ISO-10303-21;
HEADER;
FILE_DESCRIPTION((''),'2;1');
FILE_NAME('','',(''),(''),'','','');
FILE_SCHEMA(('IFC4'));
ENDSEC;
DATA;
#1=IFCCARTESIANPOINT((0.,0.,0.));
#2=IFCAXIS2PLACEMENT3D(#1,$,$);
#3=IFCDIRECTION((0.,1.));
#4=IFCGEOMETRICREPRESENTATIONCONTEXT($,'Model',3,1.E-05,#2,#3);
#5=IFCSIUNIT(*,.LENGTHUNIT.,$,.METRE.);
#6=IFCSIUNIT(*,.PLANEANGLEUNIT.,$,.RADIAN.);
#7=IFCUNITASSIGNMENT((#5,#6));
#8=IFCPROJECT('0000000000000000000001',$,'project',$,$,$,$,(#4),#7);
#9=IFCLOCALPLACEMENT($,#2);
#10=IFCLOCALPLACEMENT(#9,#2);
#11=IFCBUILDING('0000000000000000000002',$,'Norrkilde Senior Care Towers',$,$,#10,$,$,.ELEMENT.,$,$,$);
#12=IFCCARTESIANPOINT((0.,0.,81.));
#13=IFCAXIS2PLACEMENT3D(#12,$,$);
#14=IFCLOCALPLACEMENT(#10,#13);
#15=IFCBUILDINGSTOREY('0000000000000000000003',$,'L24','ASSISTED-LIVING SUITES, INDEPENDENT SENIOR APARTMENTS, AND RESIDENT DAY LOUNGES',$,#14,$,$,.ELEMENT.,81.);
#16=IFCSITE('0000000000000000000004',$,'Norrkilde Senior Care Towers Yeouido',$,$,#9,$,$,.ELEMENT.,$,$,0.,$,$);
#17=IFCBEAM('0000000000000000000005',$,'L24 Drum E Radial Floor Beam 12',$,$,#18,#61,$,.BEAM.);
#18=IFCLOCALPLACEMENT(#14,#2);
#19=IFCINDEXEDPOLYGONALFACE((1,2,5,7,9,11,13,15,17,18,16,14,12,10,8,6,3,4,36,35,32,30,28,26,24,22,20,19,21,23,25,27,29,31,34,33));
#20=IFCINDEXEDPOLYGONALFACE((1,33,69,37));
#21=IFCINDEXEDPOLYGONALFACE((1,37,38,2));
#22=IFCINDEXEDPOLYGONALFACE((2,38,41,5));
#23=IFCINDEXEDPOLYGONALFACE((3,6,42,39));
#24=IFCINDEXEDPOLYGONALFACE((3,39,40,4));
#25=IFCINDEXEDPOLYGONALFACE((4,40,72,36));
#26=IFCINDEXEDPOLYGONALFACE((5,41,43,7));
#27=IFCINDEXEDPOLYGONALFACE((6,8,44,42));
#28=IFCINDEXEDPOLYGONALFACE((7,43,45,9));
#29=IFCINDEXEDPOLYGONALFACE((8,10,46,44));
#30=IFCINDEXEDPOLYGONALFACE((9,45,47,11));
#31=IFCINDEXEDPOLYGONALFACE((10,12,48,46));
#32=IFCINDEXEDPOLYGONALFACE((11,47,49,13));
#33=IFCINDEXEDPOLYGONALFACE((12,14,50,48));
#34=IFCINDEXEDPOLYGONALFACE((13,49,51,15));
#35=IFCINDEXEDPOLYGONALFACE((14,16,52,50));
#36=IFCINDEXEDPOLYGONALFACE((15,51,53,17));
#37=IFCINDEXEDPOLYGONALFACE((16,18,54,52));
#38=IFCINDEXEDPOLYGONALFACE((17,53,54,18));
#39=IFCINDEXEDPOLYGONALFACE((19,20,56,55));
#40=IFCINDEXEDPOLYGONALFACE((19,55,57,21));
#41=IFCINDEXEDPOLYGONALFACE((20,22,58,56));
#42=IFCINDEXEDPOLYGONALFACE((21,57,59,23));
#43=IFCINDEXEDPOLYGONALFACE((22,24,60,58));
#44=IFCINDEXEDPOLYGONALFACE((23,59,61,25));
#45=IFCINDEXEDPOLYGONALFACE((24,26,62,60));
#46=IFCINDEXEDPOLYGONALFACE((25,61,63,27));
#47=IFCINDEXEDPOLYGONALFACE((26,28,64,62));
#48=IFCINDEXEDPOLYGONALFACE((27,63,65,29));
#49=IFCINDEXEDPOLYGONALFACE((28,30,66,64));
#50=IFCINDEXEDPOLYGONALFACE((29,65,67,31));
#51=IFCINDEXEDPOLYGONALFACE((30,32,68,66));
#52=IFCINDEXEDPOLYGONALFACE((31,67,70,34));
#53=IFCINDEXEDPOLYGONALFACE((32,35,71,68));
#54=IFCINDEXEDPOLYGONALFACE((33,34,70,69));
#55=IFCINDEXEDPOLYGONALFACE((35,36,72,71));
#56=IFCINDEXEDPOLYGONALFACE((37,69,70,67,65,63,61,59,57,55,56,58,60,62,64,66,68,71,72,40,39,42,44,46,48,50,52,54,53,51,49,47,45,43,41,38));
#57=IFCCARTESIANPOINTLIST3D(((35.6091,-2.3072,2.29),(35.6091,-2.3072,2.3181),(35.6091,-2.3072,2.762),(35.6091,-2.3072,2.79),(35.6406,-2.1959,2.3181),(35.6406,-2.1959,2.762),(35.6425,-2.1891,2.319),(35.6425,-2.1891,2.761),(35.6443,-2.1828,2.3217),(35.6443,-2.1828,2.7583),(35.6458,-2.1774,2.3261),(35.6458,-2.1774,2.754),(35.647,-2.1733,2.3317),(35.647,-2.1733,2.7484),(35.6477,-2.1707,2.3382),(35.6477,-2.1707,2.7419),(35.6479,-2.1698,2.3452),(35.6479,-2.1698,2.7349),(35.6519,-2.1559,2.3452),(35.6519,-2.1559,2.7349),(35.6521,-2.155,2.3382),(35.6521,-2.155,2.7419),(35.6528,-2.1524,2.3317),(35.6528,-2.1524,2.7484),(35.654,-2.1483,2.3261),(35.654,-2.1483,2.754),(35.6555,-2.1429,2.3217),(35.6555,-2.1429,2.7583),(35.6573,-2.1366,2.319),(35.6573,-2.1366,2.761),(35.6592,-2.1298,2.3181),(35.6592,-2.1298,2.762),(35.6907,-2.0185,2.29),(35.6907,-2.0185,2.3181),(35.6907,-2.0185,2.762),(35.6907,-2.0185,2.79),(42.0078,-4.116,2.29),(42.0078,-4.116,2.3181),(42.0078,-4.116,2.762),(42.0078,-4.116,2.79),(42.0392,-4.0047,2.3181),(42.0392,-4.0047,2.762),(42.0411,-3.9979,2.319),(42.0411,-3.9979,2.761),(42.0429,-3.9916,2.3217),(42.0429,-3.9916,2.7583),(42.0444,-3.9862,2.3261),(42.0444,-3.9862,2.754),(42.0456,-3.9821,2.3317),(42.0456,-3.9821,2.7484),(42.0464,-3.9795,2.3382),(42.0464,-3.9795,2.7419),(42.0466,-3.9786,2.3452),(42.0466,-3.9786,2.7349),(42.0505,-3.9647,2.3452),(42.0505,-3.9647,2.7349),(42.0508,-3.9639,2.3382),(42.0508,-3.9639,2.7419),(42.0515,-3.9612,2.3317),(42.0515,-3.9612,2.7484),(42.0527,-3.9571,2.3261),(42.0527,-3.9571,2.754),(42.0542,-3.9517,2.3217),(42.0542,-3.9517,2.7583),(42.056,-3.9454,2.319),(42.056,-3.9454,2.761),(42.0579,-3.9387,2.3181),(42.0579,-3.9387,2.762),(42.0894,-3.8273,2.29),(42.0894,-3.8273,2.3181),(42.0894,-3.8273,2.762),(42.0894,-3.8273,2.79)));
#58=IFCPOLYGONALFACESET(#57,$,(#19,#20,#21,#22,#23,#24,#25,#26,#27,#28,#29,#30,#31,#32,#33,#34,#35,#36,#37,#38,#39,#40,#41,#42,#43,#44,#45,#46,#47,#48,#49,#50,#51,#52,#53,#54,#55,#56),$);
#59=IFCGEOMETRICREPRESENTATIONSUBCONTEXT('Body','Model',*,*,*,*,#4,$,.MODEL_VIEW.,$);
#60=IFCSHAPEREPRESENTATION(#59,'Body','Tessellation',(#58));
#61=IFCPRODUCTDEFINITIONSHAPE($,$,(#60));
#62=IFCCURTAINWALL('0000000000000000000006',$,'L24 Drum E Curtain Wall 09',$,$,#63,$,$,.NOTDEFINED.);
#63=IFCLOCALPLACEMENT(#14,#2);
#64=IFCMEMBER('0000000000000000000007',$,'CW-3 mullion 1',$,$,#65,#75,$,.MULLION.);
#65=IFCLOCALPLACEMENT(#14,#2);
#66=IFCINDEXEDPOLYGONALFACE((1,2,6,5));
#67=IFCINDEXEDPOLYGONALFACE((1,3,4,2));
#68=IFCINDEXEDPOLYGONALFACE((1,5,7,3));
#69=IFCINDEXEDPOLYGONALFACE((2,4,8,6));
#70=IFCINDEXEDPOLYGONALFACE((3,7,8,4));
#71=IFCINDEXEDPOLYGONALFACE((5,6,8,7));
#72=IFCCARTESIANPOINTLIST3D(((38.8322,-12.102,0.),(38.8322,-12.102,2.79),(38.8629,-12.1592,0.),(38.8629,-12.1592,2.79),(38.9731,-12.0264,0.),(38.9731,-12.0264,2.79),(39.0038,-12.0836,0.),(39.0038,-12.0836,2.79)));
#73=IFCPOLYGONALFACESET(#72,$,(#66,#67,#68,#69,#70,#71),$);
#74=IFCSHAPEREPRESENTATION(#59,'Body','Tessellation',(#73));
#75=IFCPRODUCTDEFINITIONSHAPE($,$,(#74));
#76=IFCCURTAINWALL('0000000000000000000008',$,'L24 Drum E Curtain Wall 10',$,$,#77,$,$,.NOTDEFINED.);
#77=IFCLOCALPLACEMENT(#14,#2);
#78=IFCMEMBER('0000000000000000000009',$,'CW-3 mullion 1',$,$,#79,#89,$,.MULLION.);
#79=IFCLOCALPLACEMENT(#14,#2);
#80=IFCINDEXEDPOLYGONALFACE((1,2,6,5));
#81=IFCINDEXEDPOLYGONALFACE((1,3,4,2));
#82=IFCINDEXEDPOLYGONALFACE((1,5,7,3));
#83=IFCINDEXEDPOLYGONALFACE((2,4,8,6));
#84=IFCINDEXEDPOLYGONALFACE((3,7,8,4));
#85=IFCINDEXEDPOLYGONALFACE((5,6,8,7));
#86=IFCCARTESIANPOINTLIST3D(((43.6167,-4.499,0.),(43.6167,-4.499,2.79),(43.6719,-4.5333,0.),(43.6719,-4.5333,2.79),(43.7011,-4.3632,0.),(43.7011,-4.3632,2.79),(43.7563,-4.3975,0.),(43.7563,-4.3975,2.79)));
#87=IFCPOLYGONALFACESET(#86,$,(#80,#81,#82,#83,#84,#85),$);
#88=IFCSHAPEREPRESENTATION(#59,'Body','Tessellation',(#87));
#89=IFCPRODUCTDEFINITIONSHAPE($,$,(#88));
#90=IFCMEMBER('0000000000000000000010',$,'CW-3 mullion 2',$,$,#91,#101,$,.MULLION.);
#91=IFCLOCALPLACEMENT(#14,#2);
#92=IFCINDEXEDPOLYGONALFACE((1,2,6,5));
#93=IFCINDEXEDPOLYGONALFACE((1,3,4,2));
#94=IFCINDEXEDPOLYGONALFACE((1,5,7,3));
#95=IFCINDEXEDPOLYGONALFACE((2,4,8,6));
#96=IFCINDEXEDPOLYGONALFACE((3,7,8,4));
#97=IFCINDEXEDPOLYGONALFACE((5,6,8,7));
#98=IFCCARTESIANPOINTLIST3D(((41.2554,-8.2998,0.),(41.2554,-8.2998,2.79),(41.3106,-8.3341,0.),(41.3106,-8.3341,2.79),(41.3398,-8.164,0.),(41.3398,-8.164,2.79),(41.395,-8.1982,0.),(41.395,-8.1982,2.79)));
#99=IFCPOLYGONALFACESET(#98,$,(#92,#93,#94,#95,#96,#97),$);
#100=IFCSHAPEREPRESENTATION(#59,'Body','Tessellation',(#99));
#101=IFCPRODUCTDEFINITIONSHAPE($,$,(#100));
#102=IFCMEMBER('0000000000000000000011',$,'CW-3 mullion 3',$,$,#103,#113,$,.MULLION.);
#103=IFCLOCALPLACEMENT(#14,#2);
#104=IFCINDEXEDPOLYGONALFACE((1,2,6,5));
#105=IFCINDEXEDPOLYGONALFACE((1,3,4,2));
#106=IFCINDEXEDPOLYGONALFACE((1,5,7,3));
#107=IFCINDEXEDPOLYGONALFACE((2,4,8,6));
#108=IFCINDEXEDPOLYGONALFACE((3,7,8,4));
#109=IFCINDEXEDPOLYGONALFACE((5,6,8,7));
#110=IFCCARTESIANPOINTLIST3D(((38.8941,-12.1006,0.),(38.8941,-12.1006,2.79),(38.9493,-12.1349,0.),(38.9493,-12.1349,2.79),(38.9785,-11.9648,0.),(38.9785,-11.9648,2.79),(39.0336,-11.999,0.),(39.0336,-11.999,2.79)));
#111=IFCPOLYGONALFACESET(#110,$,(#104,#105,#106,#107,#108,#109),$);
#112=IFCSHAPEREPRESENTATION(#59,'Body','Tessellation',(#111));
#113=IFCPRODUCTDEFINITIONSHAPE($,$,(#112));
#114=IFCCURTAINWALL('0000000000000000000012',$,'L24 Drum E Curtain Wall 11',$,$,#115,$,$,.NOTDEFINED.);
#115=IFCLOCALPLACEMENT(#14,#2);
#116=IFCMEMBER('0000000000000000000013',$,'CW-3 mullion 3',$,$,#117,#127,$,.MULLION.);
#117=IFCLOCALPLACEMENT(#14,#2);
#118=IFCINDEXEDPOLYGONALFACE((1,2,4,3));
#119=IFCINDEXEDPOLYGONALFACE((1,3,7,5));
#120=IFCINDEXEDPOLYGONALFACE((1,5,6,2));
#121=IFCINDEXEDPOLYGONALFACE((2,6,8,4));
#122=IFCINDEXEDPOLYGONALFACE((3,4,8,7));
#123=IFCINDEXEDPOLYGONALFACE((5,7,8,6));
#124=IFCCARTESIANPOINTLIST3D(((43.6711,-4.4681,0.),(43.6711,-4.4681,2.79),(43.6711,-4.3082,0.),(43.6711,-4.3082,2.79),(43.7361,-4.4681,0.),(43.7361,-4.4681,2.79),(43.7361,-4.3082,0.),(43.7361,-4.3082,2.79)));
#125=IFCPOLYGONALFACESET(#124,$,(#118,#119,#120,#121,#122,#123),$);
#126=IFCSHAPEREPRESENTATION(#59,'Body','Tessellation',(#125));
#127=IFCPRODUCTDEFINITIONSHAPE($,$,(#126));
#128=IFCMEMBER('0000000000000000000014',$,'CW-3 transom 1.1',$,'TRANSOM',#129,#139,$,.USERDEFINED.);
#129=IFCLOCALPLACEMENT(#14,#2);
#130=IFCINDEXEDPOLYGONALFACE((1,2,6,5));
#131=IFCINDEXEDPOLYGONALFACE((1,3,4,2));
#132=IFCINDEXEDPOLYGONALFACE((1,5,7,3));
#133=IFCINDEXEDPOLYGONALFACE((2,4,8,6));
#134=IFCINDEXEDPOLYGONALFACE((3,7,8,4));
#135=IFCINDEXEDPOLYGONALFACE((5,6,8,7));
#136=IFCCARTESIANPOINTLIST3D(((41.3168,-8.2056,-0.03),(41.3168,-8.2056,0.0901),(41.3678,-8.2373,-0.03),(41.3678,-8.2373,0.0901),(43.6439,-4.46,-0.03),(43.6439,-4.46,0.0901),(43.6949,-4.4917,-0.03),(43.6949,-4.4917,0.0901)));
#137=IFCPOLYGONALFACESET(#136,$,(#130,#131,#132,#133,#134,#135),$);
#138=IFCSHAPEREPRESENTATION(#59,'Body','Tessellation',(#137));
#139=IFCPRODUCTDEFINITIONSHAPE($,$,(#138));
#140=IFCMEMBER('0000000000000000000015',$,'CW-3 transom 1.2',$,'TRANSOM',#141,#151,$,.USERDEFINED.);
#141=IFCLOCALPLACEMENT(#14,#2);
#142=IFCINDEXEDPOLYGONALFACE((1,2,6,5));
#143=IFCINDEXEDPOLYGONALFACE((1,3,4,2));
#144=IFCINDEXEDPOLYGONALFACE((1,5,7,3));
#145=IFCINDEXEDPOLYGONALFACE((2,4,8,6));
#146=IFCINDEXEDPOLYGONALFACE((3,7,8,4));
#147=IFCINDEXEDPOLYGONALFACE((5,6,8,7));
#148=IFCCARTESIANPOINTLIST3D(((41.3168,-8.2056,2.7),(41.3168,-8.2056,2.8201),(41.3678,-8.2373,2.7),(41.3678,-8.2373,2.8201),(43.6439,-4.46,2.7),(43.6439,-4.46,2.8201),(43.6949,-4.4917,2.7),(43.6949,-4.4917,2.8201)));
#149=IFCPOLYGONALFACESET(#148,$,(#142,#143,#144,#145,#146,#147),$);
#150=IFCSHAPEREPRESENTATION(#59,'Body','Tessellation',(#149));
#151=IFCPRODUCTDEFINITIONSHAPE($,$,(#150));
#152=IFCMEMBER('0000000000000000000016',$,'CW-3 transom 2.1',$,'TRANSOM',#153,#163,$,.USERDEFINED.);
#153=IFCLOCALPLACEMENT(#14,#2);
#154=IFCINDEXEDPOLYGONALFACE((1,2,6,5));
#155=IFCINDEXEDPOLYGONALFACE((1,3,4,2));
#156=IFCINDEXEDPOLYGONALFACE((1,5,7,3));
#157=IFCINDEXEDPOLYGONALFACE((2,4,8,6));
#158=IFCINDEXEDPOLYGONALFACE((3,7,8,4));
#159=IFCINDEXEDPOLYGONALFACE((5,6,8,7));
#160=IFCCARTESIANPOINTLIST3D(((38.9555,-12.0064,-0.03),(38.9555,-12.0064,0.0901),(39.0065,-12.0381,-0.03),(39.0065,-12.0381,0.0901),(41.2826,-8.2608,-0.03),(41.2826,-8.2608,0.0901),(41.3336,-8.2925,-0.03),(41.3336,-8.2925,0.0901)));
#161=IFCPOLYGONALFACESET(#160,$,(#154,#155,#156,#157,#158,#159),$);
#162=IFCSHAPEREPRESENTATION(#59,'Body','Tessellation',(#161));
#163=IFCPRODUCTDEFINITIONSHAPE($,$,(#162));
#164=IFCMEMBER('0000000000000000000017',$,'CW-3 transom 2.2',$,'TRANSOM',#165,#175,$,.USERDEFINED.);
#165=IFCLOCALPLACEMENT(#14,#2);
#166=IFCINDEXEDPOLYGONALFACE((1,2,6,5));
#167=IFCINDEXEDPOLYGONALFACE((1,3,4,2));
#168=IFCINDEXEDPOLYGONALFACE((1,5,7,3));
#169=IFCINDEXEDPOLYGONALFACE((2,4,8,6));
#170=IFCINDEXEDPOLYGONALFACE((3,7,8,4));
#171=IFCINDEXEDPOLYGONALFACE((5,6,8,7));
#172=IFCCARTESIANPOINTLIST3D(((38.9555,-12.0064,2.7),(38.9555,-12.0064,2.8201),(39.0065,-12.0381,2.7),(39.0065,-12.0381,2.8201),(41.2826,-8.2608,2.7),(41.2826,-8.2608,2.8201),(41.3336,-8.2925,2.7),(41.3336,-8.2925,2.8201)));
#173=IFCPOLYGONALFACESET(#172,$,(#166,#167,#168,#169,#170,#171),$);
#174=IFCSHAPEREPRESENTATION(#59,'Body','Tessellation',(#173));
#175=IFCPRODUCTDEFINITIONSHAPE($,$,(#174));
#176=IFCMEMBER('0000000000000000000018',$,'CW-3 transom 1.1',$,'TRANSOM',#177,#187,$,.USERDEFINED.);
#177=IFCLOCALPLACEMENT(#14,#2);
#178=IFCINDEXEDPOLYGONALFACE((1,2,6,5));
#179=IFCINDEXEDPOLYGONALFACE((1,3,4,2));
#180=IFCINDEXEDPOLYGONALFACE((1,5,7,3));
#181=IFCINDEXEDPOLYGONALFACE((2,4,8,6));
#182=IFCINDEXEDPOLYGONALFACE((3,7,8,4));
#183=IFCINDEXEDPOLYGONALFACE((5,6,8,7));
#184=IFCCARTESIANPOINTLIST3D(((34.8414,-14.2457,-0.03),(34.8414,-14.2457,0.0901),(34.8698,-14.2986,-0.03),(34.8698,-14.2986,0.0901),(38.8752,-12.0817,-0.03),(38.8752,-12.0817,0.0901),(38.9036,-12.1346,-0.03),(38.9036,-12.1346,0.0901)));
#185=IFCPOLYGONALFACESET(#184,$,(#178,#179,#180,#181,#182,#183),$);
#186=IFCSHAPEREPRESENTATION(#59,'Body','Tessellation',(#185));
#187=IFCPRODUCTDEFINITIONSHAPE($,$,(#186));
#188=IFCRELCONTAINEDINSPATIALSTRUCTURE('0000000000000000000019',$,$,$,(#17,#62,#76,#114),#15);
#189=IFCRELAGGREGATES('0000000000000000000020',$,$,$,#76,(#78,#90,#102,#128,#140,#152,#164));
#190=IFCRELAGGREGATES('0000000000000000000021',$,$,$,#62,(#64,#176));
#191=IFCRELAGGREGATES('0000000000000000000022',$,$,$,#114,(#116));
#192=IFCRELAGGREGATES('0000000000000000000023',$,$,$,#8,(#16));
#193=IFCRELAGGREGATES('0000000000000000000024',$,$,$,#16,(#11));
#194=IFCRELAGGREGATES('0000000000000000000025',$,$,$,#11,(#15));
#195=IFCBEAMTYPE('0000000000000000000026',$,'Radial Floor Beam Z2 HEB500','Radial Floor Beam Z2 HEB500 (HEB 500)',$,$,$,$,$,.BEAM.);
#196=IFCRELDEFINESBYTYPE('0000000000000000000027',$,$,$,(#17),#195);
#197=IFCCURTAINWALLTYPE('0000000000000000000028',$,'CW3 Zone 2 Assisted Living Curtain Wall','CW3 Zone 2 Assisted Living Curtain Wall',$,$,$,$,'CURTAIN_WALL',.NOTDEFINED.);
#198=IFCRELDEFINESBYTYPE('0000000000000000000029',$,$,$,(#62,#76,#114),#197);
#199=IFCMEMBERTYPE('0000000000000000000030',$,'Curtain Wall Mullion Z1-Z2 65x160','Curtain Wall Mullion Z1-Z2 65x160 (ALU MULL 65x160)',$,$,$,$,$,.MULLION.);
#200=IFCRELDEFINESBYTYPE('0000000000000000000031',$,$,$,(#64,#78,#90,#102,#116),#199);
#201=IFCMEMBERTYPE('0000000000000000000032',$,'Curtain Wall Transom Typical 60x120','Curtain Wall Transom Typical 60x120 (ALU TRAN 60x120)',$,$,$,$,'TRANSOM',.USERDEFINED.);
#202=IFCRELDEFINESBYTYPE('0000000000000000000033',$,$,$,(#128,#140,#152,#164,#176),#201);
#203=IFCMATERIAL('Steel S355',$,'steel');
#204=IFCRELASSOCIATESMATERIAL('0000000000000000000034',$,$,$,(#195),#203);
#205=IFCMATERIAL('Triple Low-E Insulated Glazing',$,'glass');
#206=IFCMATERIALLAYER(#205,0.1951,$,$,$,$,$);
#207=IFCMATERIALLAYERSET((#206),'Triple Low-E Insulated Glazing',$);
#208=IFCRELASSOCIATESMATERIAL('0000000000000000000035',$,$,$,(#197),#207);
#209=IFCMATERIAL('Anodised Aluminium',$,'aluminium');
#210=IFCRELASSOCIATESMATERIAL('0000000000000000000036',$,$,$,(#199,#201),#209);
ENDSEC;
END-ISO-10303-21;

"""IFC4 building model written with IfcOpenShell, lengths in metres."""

from ifc_helpers import new_model, si_unit, direction, frame, origin, origin_2d, place, context, subcontext, project, spatial, rectangle, i_section, extrude, source, transform, mapped, material, layer, layer_set, material_profile, profile_set, type_object, type_shapes, element, aggregate, save


model = new_model("IFC4")

# Units and contexts
model_context = context("Model", 3, precision=1e-05, world=origin(), true_north=direction((0.0, 1.0)))
body_context = subcontext(model_context, "Body", "Model", "MODEL_VIEW")
ifc_project = project(units=[si_unit("LENGTHUNIT", "METRE"), si_unit("PLANEANGLEUNIT", "RADIAN")], contexts=[model_context])

# Site, building, storey
site_placement = place(None, origin())
site = spatial("IfcSite", under=ifc_project, at=site_placement, Name="Norrkilde Senior Care Towers Yeouido", CompositionType="ELEMENT", RefElevation=0.0)
building_placement = place(site_placement, origin())
building = spatial("IfcBuilding", under=site, at=building_placement, Name="Norrkilde Senior Care Towers", CompositionType="ELEMENT")
storey_placement = place(building_placement, frame((0.0, 0.0, 81.0)))
storey = spatial("IfcBuildingStorey", under=building, at=storey_placement, Name="L24", Description="ASSISTED-LIVING SUITES, INDEPENDENT SENIOR APARTMENTS, AND RESIDENT DAY LOUNGES", CompositionType="ELEMENT", Elevation=81.0)

# Beam
ifc_material_1 = material(Name="Steel S355", Category="steel")
ifc_material_profile_1 = material_profile(ifc_material_1, i_section(OverallWidth=0.3, OverallDepth=0.5, WebThickness=0.0144, FlangeThickness=0.0281, FilletRadius=0.0271, at=origin_2d()), Name="HEB 500")
ifc_profile_set_1 = profile_set([ifc_material_profile_1], Name="Steel S355")
beam_type_1 = type_object("IfcBeamType", Name="Radial Floor Beam Z2 HEB500", Description="Radial Floor Beam Z2 HEB500 (HEB 500)", PredefinedType="BEAM", material=ifc_profile_set_1)
shared_shape_1 = source(origin(), body_context, "Body", "SweptSolid", [
    extrude(i_section(OverallWidth=0.3, OverallDepth=0.5, WebThickness=0.0144, FlangeThickness=0.0281, FilletRadius=0.0271, at=origin_2d()), origin(), (0.0, 0.0, 1.0), 6.6494),
])
type_shapes(beam_type_1, [shared_shape_1])
beam_1_placement = place(storey_placement, frame((35.6499, -2.1628, 2.54), z_axis=(0.962289, -0.272029, 0.0), x_axis=(0.272029, 0.962289, 0.0)))
element("IfcBeam", 1, at=beam_1_placement, inside=storey, type_object=beam_type_1, Name="L24 Drum E Radial Floor Beam 12", PredefinedType="BEAM", context=body_context, shape_type="MappedRepresentation", body=[
    mapped(shared_shape_1, transform((0.0, 0.0, 0.0), x_axis=(1.0, 0.0, 0.0), y_axis=(0.0, 1.0, 0.0), z_axis=(0.0, 0.0, 1.0), scale=1.0)),
])

# Curtain wall, member
ifc_material_2 = material(Name="Triple Low-E Insulated Glazing", Category="glass")
ifc_layer_1 = layer(ifc_material_2, 0.1951)
ifc_layer_set_1 = layer_set([ifc_layer_1], Name="Triple Low-E Insulated Glazing")
curtain_wall_type = type_object("IfcCurtainWallType", Name="CW3 Zone 2 Assisted Living Curtain Wall", Description="CW3 Zone 2 Assisted Living Curtain Wall", ElementType="CURTAIN_WALL", PredefinedType="NOTDEFINED", material=ifc_layer_set_1)
curtain_wall_1_placement = place(storey_placement, origin())
curtain_wall_1 = element("IfcCurtainWall", 2, at=curtain_wall_1_placement, inside=storey, type_object=curtain_wall_type, Name="L24 Drum E Curtain Wall 09", PredefinedType="NOTDEFINED")
ifc_material_3 = material(Name="Anodised Aluminium", Category="aluminium")
ifc_material_profile_2 = material_profile(ifc_material_3, rectangle(XDim=0.0649, YDim=0.1599, at=origin_2d()), Name="ALU MULL 65x160")
ifc_profile_set_2 = profile_set([ifc_material_profile_2], Name="Anodised Aluminium")
member_type_1 = type_object("IfcMemberType", Name="Curtain Wall Mullion Z1-Z2 65x160", Description="Curtain Wall Mullion Z1-Z2 65x160 (ALU MULL 65x160)", PredefinedType="MULLION", material=ifc_profile_set_2)
shared_shape_2 = source(origin(), body_context, "Body", "SweptSolid", [
    extrude(rectangle(XDim=0.0649, YDim=0.1599, at=origin_2d()), origin(), (0.0, 0.0, 1.0), 2.79),
])
type_shapes(member_type_1, [shared_shape_2])
member_1_placement = place(storey_placement, frame((38.918, -12.0928, 0.0), z_axis=(0.0, 0.0, 1.0), x_axis=(0.472769, -0.881186, 0.0)))
member_1 = element("IfcMember", 3, at=member_1_placement, type_object=member_type_1, Name="CW-3 mullion 1", PredefinedType="MULLION", context=body_context, shape_type="MappedRepresentation", body=[
    mapped(shared_shape_2, transform((0.0, 0.0, 0.0), x_axis=(1.0, 0.0, 0.0), y_axis=(0.0, 1.0, 0.0), z_axis=(0.0, 0.0, 1.0), scale=1.0)),
])

# Curtain wall, members
curtain_wall_2_placement = place(storey_placement, origin())
curtain_wall_2 = element("IfcCurtainWall", 4, at=curtain_wall_2_placement, inside=storey, type_object=curtain_wall_type, Name="L24 Drum E Curtain Wall 10", PredefinedType="NOTDEFINED")
member_2_placement = place(storey_placement, frame((43.6865, -4.4482, 0.0), z_axis=(0.0, 0.0, 1.0), x_axis=(0.84941, -0.527733, 0.0)))
member_2 = element("IfcMember", 5, at=member_2_placement, type_object=member_type_1, Name="CW-3 mullion 1", PredefinedType="MULLION", context=body_context, shape_type="MappedRepresentation", body=[
    mapped(shared_shape_2, transform((0.0, 0.0, 0.0), x_axis=(1.0, 0.0, 0.0), y_axis=(0.0, 1.0, 0.0), z_axis=(0.0, 0.0, 1.0), scale=1.0)),
])
member_3_placement = place(storey_placement, frame((41.3252, -8.249, 0.0), z_axis=(0.0, 0.0, 1.0), x_axis=(0.84941, -0.527733, 0.0)))
member_3 = element("IfcMember", 6, at=member_3_placement, type_object=member_type_1, Name="CW-3 mullion 2", PredefinedType="MULLION", context=body_context, shape_type="MappedRepresentation", body=[
    mapped(shared_shape_2, transform((0.0, 0.0, 0.0), x_axis=(1.0, 0.0, 0.0), y_axis=(0.0, 1.0, 0.0), z_axis=(0.0, 0.0, 1.0), scale=1.0)),
])
member_4_placement = place(storey_placement, frame((38.9639, -12.0498, 0.0), z_axis=(0.0, 0.0, 1.0), x_axis=(0.84941, -0.527733, 0.0)))
member_4 = element("IfcMember", 7, at=member_4_placement, type_object=member_type_1, Name="CW-3 mullion 3", PredefinedType="MULLION", context=body_context, shape_type="MappedRepresentation", body=[
    mapped(shared_shape_2, transform((0.0, 0.0, 0.0), x_axis=(1.0, 0.0, 0.0), y_axis=(0.0, 1.0, 0.0), z_axis=(0.0, 0.0, 1.0), scale=1.0)),
])

# Curtain wall, member
curtain_wall_3_placement = place(storey_placement, origin())
curtain_wall_3 = element("IfcCurtainWall", 8, at=curtain_wall_3_placement, inside=storey, type_object=curtain_wall_type, Name="L24 Drum E Curtain Wall 11", PredefinedType="NOTDEFINED")
member_5_placement = place(storey_placement, frame((43.7036, -4.3882, 0.0), z_axis=(0.0, 0.0, 1.0), x_axis=(1.0, 0.0, 0.0)))
member_5 = element("IfcMember", 9, at=member_5_placement, type_object=member_type_1, Name="CW-3 mullion 3", PredefinedType="MULLION", context=body_context, shape_type="MappedRepresentation", body=[
    mapped(shared_shape_2, transform((0.0, 0.0, 0.0), x_axis=(1.0, 0.0, 0.0), y_axis=(0.0, 1.0, 0.0), z_axis=(0.0, 0.0, 1.0), scale=1.0)),
])

# Members
ifc_material_profile_3 = material_profile(ifc_material_3, rectangle(XDim=0.0601, YDim=0.1201, at=origin_2d()), Name="ALU TRAN 60x120")
ifc_profile_set_3 = profile_set([ifc_material_profile_3], Name="Anodised Aluminium")
member_type_2 = type_object("IfcMemberType", Name="Curtain Wall Transom Typical 60x120", Description="Curtain Wall Transom Typical 60x120 (ALU TRAN 60x120)", ElementType="TRANSOM", PredefinedType="USERDEFINED", material=ifc_profile_set_3)
shared_shape_3 = source(origin(), body_context, "Body", "SweptSolid", [
    extrude(rectangle(XDim=0.0601, YDim=0.1201, at=origin_2d()), origin(), (0.0, 0.0, 1.0), 4.4097),
])
member_6_placement = place(storey_placement, frame((43.6694, -4.4758, 0.03), z_axis=(-0.527738, -0.849407, 0.0), x_axis=(0.849407, -0.527738, 0.0)))
member_6 = element("IfcMember", 10, at=member_6_placement, type_object=member_type_2, Name="CW-3 transom 1.1", ObjectType="TRANSOM", PredefinedType="USERDEFINED", context=body_context, shape_type="MappedRepresentation", body=[
    mapped(shared_shape_3, transform((0.0, 0.0, 0.0), x_axis=(1.0, 0.0, 0.0), y_axis=(0.0, 1.0, 0.0), z_axis=(0.0, 0.0, 1.0), scale=1.0)),
])
member_7_placement = place(storey_placement, frame((43.6694, -4.4758, 2.76), z_axis=(-0.527738, -0.849407, 0.0), x_axis=(0.849407, -0.527738, 0.0)))
member_7 = element("IfcMember", 11, at=member_7_placement, type_object=member_type_2, Name="CW-3 transom 1.2", ObjectType="TRANSOM", PredefinedType="USERDEFINED", context=body_context, shape_type="MappedRepresentation", body=[
    mapped(shared_shape_3, transform((0.0, 0.0, 0.0), x_axis=(1.0, 0.0, 0.0), y_axis=(0.0, 1.0, 0.0), z_axis=(0.0, 0.0, 1.0), scale=1.0)),
])
member_8_placement = place(storey_placement, frame((41.3081, -8.2766, 0.03), z_axis=(-0.527738, -0.849407, 0.0), x_axis=(0.849407, -0.527738, 0.0)))
member_8 = element("IfcMember", 12, at=member_8_placement, type_object=member_type_2, Name="CW-3 transom 2.1", ObjectType="TRANSOM", PredefinedType="USERDEFINED", context=body_context, shape_type="MappedRepresentation", body=[
    mapped(shared_shape_3, transform((0.0, 0.0, 0.0), x_axis=(1.0, 0.0, 0.0), y_axis=(0.0, 1.0, 0.0), z_axis=(0.0, 0.0, 1.0), scale=1.0)),
])
member_9_placement = place(storey_placement, frame((41.3081, -8.2766, 2.76), z_axis=(-0.527738, -0.849407, 0.0), x_axis=(0.849407, -0.527738, 0.0)))
member_9 = element("IfcMember", 13, at=member_9_placement, type_object=member_type_2, Name="CW-3 transom 2.2", ObjectType="TRANSOM", PredefinedType="USERDEFINED", context=body_context, shape_type="MappedRepresentation", body=[
    mapped(shared_shape_3, transform((0.0, 0.0, 0.0), x_axis=(1.0, 0.0, 0.0), y_axis=(0.0, 1.0, 0.0), z_axis=(0.0, 0.0, 1.0), scale=1.0)),
])
shared_shape_4 = source(origin(), body_context, "Body", "SweptSolid", [
    extrude(rectangle(XDim=0.0601, YDim=0.1201, at=origin_2d()), origin(), (0.0, 0.0, 1.0), 4.5776),
])
type_shapes(member_type_2, [shared_shape_3, shared_shape_4])
member_10_placement = place(storey_placement, frame((38.8894, -12.1082, 0.03), z_axis=(-0.881205, -0.472735, 0.0), x_axis=(0.472735, -0.881205, 0.0)))
member_10 = element("IfcMember", 14, at=member_10_placement, type_object=member_type_2, Name="CW-3 transom 1.1", ObjectType="TRANSOM", PredefinedType="USERDEFINED", context=body_context, shape_type="MappedRepresentation", body=[
    mapped(shared_shape_4, transform((0.0, 0.0, 0.0), x_axis=(1.0, 0.0, 0.0), y_axis=(0.0, 1.0, 0.0), z_axis=(0.0, 0.0, 1.0), scale=1.0)),
])

aggregate(curtain_wall_2, [member_2, member_3, member_4, member_6, member_7, member_8, member_9])
aggregate(curtain_wall_1, [member_1, member_10])
aggregate(curtain_wall_3, [member_5])

save(model, "model.ifc")
